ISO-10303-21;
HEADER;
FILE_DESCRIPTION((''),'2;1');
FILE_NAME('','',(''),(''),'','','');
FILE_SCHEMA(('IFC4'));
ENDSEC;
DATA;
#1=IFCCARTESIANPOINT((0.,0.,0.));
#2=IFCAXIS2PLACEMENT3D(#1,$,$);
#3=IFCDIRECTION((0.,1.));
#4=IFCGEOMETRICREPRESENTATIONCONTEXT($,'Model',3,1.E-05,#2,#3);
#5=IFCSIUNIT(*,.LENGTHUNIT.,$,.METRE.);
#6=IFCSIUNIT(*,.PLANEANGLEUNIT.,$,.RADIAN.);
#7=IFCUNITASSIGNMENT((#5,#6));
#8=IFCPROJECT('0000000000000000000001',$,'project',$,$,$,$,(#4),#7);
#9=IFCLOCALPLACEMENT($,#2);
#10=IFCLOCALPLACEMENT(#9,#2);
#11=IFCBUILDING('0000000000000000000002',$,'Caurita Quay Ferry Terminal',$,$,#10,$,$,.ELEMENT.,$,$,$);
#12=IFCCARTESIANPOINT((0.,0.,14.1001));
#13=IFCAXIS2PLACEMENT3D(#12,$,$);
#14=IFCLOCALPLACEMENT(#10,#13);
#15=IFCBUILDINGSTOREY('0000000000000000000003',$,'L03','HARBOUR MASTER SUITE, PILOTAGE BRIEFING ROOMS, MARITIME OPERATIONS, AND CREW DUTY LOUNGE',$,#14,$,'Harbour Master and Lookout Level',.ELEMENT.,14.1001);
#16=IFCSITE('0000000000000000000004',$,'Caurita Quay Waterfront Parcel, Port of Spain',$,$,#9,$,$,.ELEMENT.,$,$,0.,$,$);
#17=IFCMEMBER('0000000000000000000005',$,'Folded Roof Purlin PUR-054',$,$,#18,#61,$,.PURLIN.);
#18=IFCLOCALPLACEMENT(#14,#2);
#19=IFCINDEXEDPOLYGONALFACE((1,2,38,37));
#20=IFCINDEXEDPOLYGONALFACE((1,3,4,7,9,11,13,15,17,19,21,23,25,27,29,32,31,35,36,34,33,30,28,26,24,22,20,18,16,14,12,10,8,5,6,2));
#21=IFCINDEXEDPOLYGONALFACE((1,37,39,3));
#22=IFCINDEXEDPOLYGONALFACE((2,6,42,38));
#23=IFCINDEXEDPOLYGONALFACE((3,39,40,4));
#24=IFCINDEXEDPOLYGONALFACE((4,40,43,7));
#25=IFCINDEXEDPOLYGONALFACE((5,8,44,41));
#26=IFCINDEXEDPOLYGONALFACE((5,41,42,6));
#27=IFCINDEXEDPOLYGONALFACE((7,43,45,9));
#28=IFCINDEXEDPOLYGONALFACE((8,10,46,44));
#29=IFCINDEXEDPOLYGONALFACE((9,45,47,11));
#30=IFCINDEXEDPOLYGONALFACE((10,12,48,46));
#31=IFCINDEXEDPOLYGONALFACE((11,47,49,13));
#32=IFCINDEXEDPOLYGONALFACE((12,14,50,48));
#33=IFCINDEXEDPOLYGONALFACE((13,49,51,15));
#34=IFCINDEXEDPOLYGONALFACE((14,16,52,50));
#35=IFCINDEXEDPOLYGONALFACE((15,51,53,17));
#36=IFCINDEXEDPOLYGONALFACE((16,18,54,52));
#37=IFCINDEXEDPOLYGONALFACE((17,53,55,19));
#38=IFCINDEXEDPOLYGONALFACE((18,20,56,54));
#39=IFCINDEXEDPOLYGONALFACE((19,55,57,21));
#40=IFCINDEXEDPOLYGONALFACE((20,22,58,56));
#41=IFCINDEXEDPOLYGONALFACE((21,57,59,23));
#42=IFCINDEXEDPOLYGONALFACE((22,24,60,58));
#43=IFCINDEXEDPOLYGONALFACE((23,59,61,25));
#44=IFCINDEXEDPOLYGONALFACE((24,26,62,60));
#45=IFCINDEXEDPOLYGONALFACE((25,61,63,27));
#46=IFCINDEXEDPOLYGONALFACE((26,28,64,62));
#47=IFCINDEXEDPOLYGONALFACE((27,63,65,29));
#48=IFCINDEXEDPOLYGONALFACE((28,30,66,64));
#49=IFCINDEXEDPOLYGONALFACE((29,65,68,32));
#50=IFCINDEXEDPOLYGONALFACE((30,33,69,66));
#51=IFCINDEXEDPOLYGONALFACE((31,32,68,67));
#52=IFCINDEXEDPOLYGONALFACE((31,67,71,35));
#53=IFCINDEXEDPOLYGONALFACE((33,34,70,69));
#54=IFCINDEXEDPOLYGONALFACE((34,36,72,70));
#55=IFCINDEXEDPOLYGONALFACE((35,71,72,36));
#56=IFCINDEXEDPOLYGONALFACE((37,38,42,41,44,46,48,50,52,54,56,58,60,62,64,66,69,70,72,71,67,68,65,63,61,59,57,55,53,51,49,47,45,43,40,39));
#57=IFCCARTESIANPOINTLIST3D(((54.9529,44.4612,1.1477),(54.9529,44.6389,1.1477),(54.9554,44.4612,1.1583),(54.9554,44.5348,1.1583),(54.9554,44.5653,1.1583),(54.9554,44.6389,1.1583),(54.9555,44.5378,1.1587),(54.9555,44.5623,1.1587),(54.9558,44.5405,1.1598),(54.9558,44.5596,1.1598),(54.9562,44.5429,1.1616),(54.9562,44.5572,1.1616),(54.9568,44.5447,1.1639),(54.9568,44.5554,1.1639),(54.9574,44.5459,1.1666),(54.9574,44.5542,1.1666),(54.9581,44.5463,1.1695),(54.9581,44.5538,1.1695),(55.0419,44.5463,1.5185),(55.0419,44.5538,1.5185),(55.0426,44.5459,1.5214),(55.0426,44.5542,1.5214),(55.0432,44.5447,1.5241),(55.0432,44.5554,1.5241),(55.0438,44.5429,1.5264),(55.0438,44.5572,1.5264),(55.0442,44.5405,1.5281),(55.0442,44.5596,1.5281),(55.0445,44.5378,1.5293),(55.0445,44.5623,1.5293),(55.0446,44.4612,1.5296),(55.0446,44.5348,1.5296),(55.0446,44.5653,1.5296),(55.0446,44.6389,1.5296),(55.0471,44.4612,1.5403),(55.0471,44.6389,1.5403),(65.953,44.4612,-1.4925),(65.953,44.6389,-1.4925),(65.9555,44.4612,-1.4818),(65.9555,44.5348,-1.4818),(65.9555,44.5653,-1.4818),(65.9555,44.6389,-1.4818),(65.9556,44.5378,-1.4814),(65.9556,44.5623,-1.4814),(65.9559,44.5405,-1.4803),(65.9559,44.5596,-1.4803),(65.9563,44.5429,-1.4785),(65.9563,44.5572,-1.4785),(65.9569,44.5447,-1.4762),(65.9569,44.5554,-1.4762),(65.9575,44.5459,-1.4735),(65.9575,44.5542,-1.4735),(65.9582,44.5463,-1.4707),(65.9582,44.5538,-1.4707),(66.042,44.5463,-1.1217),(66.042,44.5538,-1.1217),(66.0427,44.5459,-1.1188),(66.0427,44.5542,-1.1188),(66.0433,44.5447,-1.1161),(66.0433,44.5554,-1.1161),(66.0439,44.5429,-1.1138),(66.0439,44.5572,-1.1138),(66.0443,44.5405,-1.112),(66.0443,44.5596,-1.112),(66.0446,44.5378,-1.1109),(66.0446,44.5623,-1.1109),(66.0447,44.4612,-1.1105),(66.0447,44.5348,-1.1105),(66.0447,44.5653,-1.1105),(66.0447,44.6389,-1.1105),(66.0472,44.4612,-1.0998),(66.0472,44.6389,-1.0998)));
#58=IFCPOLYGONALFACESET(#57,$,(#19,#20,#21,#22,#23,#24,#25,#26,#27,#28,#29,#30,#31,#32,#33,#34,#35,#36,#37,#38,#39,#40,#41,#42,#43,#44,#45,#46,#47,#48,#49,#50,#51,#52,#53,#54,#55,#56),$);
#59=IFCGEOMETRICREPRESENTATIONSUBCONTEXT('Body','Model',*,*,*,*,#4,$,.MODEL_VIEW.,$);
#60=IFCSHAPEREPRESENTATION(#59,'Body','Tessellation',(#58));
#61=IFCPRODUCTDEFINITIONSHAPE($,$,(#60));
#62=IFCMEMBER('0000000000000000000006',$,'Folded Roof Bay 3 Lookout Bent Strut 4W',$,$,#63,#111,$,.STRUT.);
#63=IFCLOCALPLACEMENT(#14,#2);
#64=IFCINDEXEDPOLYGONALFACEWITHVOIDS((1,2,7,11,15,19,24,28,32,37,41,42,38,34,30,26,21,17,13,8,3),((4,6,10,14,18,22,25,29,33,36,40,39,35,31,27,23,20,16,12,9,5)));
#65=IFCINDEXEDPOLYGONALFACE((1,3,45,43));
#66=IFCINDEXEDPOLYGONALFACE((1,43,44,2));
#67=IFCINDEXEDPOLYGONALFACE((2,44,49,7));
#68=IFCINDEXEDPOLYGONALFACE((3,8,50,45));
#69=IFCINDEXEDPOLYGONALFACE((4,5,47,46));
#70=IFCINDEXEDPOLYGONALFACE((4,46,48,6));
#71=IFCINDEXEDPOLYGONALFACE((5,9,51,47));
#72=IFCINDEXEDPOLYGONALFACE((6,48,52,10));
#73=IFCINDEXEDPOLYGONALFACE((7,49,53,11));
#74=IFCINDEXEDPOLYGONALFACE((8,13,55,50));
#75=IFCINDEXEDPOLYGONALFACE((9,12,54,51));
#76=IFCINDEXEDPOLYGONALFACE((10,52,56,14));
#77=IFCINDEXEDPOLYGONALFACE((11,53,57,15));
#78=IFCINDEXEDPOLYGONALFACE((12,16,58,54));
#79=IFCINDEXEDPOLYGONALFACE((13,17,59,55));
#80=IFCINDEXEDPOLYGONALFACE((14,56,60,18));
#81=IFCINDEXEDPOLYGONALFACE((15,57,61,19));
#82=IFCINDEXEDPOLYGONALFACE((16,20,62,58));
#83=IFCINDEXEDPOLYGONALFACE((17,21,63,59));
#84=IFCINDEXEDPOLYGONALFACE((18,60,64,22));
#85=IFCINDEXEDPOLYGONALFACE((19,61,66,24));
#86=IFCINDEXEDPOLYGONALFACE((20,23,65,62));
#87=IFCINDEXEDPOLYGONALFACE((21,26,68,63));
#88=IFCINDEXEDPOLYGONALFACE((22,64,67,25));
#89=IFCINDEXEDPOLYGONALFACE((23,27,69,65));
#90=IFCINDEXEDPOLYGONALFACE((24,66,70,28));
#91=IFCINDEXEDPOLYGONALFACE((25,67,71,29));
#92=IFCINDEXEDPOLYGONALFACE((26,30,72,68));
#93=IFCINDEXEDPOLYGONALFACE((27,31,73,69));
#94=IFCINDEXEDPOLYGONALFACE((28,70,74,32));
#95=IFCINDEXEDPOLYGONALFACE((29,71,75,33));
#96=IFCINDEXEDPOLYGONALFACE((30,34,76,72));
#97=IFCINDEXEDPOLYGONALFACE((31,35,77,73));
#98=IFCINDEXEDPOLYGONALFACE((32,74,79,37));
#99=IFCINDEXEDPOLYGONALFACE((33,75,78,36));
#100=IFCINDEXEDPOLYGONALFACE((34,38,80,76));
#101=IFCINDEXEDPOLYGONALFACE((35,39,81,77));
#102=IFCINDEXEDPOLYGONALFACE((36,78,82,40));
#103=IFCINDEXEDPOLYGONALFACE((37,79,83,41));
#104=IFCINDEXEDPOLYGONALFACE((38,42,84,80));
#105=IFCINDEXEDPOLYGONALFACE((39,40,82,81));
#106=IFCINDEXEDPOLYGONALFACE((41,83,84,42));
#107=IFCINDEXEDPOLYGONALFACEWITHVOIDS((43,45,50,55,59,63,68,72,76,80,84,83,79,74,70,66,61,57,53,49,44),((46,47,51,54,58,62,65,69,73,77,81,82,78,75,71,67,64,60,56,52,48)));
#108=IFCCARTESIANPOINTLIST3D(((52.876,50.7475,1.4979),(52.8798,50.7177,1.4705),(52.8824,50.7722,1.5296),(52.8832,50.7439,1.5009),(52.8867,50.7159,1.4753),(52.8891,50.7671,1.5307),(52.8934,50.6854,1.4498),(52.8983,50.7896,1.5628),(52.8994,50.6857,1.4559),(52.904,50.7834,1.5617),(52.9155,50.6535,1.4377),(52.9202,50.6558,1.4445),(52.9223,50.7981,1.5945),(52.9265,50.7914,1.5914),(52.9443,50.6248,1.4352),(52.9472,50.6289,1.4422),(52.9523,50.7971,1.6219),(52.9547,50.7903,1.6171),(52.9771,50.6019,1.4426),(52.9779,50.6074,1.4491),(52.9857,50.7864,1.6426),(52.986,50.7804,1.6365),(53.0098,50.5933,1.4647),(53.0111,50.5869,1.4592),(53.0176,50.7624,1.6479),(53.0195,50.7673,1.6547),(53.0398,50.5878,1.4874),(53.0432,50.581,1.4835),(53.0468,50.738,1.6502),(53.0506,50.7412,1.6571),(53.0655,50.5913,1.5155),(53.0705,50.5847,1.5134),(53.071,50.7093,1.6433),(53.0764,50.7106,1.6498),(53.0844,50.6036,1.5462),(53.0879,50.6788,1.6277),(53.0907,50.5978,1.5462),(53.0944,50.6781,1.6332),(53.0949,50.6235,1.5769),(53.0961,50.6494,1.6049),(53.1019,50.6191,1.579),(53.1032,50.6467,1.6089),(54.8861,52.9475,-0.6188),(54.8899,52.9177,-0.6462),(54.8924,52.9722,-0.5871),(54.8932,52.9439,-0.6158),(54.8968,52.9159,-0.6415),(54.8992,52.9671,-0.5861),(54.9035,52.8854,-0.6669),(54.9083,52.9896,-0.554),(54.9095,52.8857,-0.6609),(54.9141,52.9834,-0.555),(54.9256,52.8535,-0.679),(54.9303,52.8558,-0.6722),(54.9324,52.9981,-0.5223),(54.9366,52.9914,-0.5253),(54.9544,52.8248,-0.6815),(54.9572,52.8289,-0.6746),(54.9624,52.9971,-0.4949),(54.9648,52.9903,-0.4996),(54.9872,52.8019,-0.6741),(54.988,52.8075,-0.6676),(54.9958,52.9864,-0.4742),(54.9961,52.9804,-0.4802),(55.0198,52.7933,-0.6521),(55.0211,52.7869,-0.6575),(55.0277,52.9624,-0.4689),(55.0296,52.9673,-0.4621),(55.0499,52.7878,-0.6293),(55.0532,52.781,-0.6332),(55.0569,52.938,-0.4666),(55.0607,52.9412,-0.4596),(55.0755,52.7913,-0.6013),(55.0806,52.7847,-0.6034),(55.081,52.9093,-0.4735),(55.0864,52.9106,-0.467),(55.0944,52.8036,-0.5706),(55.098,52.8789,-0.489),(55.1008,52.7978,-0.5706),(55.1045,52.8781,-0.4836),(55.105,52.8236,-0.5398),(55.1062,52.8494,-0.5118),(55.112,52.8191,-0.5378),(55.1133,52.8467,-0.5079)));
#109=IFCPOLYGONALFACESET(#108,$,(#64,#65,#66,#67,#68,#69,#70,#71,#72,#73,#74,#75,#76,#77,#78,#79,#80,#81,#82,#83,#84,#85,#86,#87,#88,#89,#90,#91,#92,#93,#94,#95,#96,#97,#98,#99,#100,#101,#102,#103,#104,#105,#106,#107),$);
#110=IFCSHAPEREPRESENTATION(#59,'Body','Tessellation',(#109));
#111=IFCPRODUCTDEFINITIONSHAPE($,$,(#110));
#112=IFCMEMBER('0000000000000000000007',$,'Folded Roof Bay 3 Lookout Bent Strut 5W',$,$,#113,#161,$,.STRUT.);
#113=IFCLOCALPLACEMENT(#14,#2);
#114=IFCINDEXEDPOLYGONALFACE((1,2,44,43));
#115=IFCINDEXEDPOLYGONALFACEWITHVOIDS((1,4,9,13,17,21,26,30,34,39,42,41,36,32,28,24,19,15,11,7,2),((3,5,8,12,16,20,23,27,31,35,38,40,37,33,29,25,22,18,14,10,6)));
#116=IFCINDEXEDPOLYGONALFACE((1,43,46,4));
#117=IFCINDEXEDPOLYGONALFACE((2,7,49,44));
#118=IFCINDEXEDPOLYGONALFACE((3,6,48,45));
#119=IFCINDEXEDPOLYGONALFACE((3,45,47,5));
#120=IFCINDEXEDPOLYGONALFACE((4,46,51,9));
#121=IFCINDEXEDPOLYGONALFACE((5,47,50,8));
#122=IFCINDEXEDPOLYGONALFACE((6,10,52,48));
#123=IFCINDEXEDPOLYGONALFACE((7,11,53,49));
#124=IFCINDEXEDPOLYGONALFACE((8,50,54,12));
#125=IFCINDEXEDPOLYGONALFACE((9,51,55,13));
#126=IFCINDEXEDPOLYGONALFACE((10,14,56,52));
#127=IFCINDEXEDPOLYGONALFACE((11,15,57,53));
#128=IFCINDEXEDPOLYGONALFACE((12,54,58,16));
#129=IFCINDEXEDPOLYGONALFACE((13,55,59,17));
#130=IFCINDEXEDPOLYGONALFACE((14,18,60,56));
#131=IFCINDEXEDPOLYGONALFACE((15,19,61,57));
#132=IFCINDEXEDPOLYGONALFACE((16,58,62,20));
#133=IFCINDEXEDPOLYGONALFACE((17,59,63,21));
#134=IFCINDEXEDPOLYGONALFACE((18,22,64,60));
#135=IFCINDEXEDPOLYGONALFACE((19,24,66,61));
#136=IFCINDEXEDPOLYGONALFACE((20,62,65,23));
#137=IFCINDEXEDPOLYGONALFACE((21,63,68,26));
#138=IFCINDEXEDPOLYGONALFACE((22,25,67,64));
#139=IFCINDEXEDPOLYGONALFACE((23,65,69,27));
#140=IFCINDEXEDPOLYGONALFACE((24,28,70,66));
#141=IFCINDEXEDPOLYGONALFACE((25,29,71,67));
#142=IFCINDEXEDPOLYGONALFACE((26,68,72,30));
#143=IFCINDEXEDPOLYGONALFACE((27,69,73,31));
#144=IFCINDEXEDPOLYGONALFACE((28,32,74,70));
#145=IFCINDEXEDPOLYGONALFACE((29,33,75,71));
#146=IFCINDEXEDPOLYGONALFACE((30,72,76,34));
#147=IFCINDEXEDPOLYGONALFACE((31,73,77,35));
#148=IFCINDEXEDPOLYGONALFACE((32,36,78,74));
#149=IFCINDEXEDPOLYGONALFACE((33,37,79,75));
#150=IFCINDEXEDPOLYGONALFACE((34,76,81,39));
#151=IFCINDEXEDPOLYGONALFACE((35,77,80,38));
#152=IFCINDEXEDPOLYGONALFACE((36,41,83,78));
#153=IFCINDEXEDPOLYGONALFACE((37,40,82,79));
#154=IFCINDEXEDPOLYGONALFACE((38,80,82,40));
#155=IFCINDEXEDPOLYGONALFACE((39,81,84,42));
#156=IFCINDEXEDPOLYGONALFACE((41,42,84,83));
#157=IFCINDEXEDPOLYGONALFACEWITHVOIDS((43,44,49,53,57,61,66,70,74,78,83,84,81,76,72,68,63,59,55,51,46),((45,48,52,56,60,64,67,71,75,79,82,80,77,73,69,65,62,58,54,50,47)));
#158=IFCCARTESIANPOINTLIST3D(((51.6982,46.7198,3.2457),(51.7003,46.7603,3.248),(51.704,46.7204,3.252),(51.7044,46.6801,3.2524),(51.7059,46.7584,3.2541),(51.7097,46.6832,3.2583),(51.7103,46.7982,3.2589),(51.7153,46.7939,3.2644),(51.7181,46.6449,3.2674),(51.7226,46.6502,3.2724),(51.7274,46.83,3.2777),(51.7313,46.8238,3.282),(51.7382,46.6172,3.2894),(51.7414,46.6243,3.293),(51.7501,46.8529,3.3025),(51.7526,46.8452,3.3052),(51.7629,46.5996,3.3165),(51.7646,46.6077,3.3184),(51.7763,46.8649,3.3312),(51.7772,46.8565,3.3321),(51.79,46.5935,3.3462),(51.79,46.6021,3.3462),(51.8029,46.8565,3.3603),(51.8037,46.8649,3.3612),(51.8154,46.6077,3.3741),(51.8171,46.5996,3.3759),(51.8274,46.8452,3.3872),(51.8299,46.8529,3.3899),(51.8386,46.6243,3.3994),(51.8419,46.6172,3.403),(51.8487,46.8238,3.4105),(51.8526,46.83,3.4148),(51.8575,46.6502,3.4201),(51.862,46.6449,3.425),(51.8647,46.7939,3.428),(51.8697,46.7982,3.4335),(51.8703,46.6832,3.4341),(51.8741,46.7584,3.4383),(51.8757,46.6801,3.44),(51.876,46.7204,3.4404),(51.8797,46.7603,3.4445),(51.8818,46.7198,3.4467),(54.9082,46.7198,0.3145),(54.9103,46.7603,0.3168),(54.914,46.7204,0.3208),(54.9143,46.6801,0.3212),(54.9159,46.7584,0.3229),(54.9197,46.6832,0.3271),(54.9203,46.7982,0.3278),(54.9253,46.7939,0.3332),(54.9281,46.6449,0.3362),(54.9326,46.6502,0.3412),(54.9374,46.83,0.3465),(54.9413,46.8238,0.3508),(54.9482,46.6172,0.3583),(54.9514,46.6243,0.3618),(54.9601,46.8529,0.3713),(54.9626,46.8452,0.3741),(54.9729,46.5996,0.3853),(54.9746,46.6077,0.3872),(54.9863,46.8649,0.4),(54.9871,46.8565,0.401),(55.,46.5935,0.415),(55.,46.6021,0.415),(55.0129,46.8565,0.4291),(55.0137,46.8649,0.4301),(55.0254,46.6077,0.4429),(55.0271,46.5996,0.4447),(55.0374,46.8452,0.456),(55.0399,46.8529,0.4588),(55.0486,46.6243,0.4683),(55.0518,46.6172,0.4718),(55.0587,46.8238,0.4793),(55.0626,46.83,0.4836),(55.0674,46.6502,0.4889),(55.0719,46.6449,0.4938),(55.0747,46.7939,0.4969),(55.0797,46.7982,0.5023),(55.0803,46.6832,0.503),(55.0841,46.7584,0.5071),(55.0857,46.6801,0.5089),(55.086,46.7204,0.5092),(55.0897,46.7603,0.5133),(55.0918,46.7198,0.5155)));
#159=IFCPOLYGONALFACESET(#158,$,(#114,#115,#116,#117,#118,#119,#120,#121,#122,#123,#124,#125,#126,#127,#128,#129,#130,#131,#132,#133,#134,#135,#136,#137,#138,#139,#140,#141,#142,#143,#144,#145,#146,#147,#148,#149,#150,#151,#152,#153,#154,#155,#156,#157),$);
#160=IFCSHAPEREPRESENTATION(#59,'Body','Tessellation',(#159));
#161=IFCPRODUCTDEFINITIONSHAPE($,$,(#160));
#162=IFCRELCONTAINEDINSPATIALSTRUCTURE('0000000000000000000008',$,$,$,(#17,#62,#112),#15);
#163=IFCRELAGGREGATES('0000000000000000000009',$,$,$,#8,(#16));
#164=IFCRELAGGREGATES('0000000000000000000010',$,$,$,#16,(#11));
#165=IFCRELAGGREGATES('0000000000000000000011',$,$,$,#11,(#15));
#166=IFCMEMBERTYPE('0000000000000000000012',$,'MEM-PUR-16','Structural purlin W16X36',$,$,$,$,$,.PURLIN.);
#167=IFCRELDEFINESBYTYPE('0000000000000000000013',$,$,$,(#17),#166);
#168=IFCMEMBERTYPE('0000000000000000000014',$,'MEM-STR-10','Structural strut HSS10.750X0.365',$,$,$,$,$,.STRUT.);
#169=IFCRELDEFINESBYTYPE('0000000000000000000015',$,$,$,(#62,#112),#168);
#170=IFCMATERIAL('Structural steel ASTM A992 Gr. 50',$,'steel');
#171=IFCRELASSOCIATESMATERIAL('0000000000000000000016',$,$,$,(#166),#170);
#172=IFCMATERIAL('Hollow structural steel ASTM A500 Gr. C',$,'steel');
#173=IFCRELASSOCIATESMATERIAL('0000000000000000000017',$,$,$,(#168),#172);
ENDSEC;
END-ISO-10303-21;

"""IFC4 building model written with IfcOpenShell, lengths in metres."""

from ifc_helpers import new_model, si_unit, direction, frame, origin, origin_2d, place, context, subcontext, project, spatial, hollow_circle, i_section, extrude, material, material_profile, profile_set, type_object, element, save


model = new_model("IFC4")

# Units and contexts
model_context = context("Model", 3, precision=1e-05, world=origin(), true_north=direction((0.0, 1.0)))
body_context = subcontext(model_context, "Body", "Model", "MODEL_VIEW")
ifc_project = project(units=[si_unit("LENGTHUNIT", "METRE"), si_unit("PLANEANGLEUNIT", "RADIAN")], contexts=[model_context])

# Site, building, storey
site_placement = place(None, origin())
site = spatial("IfcSite", under=ifc_project, at=site_placement, Name="Caurita Quay Waterfront Parcel, Port of Spain", CompositionType="ELEMENT", RefElevation=0.0)
building_placement = place(site_placement, origin())
building = spatial("IfcBuilding", under=site, at=building_placement, Name="Caurita Quay Ferry Terminal", CompositionType="ELEMENT")
storey_placement = place(building_placement, frame((0.0, 0.0, 14.1001)))
storey = spatial("IfcBuildingStorey", under=building, at=storey_placement, Name="L03", Description="HARBOUR MASTER SUITE, PILOTAGE BRIEFING ROOMS, MARITIME OPERATIONS, AND CREW DUTY LOUNGE", LongName="Harbour Master and Lookout Level", CompositionType="ELEMENT", Elevation=14.1001)

# Shared definitions
ifc_material_1 = material(Name="Hollow structural steel ASTM A500 Gr. C", Category="steel")

# Shared definitions
ifc_material_2 = material(Name="Structural steel ASTM A992 Gr. 50", Category="steel")

# Members
ifc_material_profile_1 = material_profile(ifc_material_2, i_section(OverallWidth=0.1777, OverallDepth=0.4038, WebThickness=0.0076, FlangeThickness=0.011, FilletRadius=0.0115, at=origin_2d()), Name="W16X36")
ifc_profile_set_1 = profile_set([ifc_material_profile_1], Name="Structural steel ASTM A992 Gr. 50")
member_type_1 = type_object("IfcMemberType", Name="MEM-PUR-16", Description="Structural purlin W16X36", PredefinedType="PURLIN", material=ifc_profile_set_1)
member_1_placement = place(storey_placement, frame((55.0, 44.55, 1.344), z_axis=(0.972385, 0.0, -0.233384), x_axis=(0.0, 1.0, 0.0)))
element("IfcMember", 1, at=member_1_placement, inside=storey, type_object=member_type_1, Name="Folded Roof Purlin PUR-054", PredefinedType="PURLIN", context=body_context, shape_type="SweptSolid", body=[
    extrude(i_section(OverallWidth=0.1777, OverallDepth=0.4038, WebThickness=0.0076, FlangeThickness=0.011, FilletRadius=0.0115, at=origin_2d()), origin(), (0.0, 0.0, 1.0), 11.3125),
])
ifc_material_profile_2 = material_profile(ifc_material_1, hollow_circle(Radius=0.1365, WallThickness=0.0085, at=origin_2d()), Name="HSS10.750X0.365")
ifc_profile_set_2 = profile_set([ifc_material_profile_2], Name="Hollow structural steel ASTM A500 Gr. C")
member_type_2 = type_object("IfcMemberType", Name="MEM-STR-10", Description="Structural strut HSS10.750X0.365", PredefinedType="STRUT", material=ifc_profile_set_2)
member_2_placement = place(storey_placement, frame((55.0, 52.8899, -0.5706), z_axis=(-0.549907, -0.601872, 0.579096), x_axis=(0.738258, -0.674518, 0.0)))
element("IfcMember", 2, at=member_2_placement, inside=storey, type_object=member_type_2, Name="Folded Roof Bay 3 Lookout Bent Strut 4W", PredefinedType="STRUT", context=body_context, shape_type="SweptSolid", body=[
    extrude(hollow_circle(Radius=0.1365, WallThickness=0.0085, at=origin_2d()), origin(), (0.0, 0.0, 1.0), 3.6553),
])
for number, where, z_axis, x_axis, name in (
    (3, (55.0, 46.73, 0.415), (-0.738449, 0.0, 0.674309), (0.0, -1.0, 0.0), "Folded Roof Bay 3 Lookout Bent Strut 5W"),
):
    element("IfcMember", number, at=place(storey_placement, frame(where, z_axis=z_axis, x_axis=x_axis)), inside=storey, type_object=member_type_2, Name=name, PredefinedType="STRUT", context=body_context, shape_type="SweptSolid", body=[
        extrude(hollow_circle(Radius=0.1365, WallThickness=0.0085, at=origin_2d()), origin(), (0.0, 0.0, 1.0), 4.3469),
    ])

save(model, "model.ifc")
